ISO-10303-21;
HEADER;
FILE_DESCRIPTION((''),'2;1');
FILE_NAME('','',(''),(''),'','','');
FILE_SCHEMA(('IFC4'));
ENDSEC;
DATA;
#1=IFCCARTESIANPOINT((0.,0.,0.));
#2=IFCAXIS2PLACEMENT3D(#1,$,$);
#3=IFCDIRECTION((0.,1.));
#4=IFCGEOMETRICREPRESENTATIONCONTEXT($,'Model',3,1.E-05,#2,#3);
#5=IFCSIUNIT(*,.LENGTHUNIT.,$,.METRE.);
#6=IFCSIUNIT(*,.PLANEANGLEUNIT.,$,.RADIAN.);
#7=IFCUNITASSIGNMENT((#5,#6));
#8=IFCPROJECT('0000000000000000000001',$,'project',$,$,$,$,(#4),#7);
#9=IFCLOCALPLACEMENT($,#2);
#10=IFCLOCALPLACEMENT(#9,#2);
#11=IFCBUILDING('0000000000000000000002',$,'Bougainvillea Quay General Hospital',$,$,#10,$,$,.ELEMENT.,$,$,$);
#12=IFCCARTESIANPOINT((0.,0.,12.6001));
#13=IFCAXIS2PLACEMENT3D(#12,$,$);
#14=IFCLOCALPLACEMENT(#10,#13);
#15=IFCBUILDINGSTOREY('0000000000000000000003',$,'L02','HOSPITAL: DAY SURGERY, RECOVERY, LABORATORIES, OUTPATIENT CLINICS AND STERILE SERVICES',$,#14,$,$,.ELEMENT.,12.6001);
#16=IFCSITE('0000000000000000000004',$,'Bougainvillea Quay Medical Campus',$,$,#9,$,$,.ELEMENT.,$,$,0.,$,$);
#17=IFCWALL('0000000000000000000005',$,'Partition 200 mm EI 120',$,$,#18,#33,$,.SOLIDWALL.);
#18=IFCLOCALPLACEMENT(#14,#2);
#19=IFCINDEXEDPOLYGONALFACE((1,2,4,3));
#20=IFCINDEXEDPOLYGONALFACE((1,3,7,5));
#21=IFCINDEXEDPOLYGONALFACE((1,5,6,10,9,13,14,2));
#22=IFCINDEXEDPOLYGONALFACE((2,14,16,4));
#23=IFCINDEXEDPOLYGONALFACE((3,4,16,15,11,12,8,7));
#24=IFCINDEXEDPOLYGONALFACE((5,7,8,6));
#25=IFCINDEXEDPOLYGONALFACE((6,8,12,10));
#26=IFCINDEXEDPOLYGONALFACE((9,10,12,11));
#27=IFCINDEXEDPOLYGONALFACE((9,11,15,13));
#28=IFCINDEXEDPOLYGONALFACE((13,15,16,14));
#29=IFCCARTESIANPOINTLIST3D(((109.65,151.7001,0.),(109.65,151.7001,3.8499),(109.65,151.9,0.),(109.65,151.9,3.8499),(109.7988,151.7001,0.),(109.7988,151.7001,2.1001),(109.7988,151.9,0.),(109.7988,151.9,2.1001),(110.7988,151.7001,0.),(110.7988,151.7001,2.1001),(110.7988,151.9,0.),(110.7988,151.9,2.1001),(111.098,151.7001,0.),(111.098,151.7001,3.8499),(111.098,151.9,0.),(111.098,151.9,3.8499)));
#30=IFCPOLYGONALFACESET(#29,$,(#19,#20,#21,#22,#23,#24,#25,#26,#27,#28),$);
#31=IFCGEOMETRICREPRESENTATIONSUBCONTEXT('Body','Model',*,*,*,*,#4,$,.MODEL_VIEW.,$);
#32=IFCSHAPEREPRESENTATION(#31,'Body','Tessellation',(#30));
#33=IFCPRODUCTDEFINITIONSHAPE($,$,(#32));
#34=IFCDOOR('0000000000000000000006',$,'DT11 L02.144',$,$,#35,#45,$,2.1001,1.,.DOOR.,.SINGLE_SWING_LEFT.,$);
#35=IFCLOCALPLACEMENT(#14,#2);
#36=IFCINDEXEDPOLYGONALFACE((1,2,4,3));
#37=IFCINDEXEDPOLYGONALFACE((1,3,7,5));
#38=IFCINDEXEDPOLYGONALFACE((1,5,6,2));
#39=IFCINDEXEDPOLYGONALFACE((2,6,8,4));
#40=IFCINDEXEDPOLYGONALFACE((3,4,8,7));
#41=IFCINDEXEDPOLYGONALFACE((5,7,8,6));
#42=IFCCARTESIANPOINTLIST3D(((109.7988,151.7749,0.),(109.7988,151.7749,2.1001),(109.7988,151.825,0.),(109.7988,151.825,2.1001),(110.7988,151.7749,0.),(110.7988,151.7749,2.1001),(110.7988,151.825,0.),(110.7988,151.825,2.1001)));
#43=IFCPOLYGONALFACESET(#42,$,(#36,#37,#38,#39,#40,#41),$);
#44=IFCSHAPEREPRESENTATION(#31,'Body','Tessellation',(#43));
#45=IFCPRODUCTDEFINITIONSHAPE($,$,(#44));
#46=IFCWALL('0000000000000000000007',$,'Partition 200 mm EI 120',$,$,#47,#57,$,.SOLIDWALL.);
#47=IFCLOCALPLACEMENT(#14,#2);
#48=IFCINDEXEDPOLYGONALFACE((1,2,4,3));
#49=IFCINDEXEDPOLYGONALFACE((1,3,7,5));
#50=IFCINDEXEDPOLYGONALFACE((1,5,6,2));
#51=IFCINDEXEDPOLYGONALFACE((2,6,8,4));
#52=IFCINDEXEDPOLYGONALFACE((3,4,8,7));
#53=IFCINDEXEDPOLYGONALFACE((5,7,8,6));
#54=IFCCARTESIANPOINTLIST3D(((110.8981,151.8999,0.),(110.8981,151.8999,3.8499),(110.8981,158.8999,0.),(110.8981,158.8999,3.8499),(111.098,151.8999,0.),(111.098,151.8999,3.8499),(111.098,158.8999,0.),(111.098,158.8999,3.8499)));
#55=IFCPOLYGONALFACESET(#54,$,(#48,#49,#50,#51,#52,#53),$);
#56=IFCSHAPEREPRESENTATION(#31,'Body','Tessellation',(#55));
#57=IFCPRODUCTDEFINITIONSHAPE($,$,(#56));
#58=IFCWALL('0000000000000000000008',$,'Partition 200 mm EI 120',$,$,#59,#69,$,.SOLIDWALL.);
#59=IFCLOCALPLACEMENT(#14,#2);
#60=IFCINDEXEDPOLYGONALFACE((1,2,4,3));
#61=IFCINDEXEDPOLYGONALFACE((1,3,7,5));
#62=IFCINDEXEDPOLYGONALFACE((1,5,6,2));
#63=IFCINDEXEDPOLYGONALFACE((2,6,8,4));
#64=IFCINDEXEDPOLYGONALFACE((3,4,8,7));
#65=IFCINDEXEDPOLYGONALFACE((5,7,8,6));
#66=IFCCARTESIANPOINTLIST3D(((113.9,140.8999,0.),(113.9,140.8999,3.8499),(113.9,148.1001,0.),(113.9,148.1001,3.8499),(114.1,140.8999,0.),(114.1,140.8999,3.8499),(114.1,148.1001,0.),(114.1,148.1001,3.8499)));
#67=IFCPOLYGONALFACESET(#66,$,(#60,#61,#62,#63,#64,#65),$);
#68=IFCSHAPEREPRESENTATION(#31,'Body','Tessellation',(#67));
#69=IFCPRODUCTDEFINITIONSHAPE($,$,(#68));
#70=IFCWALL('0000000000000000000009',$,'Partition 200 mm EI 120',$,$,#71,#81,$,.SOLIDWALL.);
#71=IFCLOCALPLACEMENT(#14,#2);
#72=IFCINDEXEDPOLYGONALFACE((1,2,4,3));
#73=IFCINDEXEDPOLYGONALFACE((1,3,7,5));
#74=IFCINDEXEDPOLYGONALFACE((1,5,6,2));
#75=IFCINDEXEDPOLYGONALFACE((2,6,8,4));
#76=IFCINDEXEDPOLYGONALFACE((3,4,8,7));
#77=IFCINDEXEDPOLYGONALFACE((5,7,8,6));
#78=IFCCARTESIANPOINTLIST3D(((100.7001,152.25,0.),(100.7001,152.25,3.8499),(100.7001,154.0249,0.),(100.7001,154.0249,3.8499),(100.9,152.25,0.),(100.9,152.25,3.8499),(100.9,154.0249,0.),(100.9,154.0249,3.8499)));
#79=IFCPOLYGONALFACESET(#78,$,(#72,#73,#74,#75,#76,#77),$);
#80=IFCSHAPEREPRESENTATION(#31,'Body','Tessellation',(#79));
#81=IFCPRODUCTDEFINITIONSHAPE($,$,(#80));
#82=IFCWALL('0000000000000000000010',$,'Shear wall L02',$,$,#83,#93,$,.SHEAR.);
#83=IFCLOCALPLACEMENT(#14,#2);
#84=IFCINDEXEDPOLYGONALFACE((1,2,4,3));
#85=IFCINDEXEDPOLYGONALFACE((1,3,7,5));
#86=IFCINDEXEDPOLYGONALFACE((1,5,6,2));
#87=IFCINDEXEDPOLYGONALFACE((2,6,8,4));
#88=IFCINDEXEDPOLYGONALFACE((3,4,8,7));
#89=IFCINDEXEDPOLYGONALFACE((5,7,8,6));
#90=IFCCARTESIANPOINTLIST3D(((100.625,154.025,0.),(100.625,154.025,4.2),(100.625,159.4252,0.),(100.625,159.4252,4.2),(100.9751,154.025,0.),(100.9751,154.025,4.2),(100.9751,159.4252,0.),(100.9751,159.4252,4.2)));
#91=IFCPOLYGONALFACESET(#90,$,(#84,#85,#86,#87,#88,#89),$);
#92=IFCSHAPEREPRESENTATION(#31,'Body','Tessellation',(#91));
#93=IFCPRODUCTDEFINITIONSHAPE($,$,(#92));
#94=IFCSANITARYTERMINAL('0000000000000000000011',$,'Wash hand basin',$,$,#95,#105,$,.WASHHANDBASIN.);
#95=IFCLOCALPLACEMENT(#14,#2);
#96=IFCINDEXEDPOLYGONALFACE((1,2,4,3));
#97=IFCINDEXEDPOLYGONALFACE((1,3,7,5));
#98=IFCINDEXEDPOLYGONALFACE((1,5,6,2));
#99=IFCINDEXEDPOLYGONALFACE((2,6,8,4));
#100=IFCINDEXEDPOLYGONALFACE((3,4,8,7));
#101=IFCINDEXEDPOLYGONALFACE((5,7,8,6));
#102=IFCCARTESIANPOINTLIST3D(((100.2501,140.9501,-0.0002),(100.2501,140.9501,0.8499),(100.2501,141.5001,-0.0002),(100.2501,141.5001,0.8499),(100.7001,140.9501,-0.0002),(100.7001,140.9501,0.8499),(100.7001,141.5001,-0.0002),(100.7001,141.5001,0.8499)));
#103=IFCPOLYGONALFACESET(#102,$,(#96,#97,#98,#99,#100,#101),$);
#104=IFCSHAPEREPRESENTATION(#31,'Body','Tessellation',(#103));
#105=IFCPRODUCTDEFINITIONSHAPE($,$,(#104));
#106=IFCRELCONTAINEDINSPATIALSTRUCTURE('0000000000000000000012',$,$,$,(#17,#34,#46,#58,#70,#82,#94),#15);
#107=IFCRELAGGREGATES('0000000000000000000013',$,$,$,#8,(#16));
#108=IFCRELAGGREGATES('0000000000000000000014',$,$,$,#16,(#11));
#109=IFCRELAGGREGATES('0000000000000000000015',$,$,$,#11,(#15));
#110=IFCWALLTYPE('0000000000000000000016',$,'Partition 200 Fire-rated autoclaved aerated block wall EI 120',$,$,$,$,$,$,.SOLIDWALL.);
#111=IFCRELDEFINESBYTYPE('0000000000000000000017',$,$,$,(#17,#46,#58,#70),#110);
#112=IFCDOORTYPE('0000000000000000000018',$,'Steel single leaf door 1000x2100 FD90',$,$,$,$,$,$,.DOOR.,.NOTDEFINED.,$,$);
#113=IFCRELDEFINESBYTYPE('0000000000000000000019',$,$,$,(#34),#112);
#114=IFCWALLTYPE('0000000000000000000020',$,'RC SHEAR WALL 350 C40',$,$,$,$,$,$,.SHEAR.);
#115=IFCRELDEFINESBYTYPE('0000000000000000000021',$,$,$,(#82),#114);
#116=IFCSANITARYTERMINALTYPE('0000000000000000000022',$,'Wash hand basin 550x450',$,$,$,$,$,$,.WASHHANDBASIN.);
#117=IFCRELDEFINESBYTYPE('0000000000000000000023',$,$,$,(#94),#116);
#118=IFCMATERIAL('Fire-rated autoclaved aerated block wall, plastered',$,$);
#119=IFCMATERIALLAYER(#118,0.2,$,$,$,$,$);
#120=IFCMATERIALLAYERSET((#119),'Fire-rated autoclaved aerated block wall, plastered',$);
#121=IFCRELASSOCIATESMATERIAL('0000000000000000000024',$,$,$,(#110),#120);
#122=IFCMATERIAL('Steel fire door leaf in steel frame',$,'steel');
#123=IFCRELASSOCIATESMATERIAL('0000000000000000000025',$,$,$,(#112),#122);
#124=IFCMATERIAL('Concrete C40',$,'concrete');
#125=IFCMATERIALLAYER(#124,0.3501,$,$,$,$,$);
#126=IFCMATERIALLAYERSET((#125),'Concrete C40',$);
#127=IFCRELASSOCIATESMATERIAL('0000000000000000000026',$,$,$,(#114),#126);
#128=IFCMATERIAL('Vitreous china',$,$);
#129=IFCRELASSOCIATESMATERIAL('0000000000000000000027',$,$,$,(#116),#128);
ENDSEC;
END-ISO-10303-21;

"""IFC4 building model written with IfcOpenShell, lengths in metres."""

from ifc_helpers import new_model, si_unit, direction, frame, frame_2d, origin, origin_2d, place, context, subcontext, project, spatial, rectangle, extrude, material, layer, layer_set, type_object, element, fill, save


model = new_model("IFC4")

# Units and contexts
model_context = context("Model", 3, precision=1e-05, world=origin(), true_north=direction((0.0, 1.0)))
body_context = subcontext(model_context, "Body", "Model", "MODEL_VIEW")
ifc_project = project(units=[si_unit("LENGTHUNIT", "METRE"), si_unit("PLANEANGLEUNIT", "RADIAN")], contexts=[model_context])

# Site, building, storey
site_placement = place(None, origin())
site = spatial("IfcSite", under=ifc_project, at=site_placement, Name="Bougainvillea Quay Medical Campus", CompositionType="ELEMENT", RefElevation=0.0)
building_placement = place(site_placement, origin())
building = spatial("IfcBuilding", under=site, at=building_placement, Name="Bougainvillea Quay General Hospital", CompositionType="ELEMENT")
storey_placement = place(building_placement, frame((0.0, 0.0, 12.6001)))
storey = spatial("IfcBuildingStorey", under=building, at=storey_placement, Name="L02", Description="HOSPITAL: DAY SURGERY, RECOVERY, LABORATORIES, OUTPATIENT CLINICS AND STERILE SERVICES", CompositionType="ELEMENT", Elevation=12.6001)

# Shared definitions
ifc_material_1 = material(Name="Concrete C40", Category="concrete")

# Shared definitions
ifc_material_2 = material(Name="Fire-rated autoclaved aerated block wall, plastered")
ifc_layer_1 = layer(ifc_material_2, 0.2)
ifc_layer_set_1 = layer_set([ifc_layer_1], Name="Fire-rated autoclaved aerated block wall, plastered")
wall_type_1 = type_object("IfcWallType", Name="Partition 200 Fire-rated autoclaved aerated block wall EI 120", PredefinedType="SOLIDWALL", material=ifc_layer_set_1)

# Wall, opening, door
ifc_material_3 = material(Name="Steel fire door leaf in steel frame", Category="steel")
wall_1_placement = place(storey_placement, frame((109.6499, 151.8, 0.0), z_axis=(0.0, 0.0, 1.0), x_axis=(1.0, 0.0, 0.0)))
wall_1 = element("IfcWall", 1, at=wall_1_placement, inside=storey, type_object=wall_type_1, Name="Partition 200 mm EI 120", PredefinedType="SOLIDWALL", context=body_context, shape_type="SweptSolid", body=[
    extrude(rectangle(XDim=1.448, YDim=0.2, at=frame_2d((0.7241, 0.0))), origin(), (0.0, 0.0, 1.0), 3.8499),
])
opening_1_placement = place(wall_1_placement, frame((0.1489, 0.0, 0.0)))
opening_1 = element("IfcOpeningElement", 2, at=opening_1_placement, cuts=wall_1, PredefinedType="OPENING", context=body_context, shape_type="SweptSolid", body=[
    extrude(rectangle(XDim=1.0, YDim=2.1001, at=frame_2d((0.5, 1.05))), frame((0.0, 0.1099, 0.0), z_axis=(0.0, -1.0, 0.0), x_axis=(1.0, 0.0, 0.0)), (0.0, 0.0, 1.0), 0.22),
])
door_type_1 = type_object("IfcDoorType", Name="Steel single leaf door 1000x2100 FD90", OperationType="NOTDEFINED", PredefinedType="DOOR", material=ifc_material_3)
door_1_placement = place(opening_1_placement, origin())
door_1 = element("IfcDoor", 3, at=door_1_placement, inside=storey, type_object=door_type_1, Name="DT11 L02.144", OperationType="SINGLE_SWING_LEFT", OverallHeight=2.1001, OverallWidth=1.0, PredefinedType="DOOR", context=body_context, shape_type="SweptSolid", body=[
    extrude(rectangle(XDim=1.0, YDim=2.1001, at=frame_2d((0.5, 1.05))), frame((0.0, 0.0249, 0.0), z_axis=(0.0, -1.0, 0.0), x_axis=(1.0, 0.0, 0.0)), (0.0, 0.0, 1.0), 0.05),
])
fill(opening_1, door_1)

# Walls
wall_2_placement = place(storey_placement, frame((110.998, 151.8999, 0.0), z_axis=(0.0, 0.0, 1.0), x_axis=(0.0, 1.0, 0.0)))
element("IfcWall", 4, at=wall_2_placement, inside=storey, type_object=wall_type_1, Name="Partition 200 mm EI 120", PredefinedType="SOLIDWALL", context=body_context, shape_type="SweptSolid", body=[
    extrude(rectangle(XDim=7.0, YDim=0.2, at=frame_2d((3.5, 0.0))), origin(), (0.0, 0.0, 1.0), 3.8499),
])
wall_3_placement = place(storey_placement, frame((114.0, 140.8999, 0.0), z_axis=(0.0, 0.0, 1.0), x_axis=(0.0, 1.0, 0.0)))
element("IfcWall", 5, at=wall_3_placement, inside=storey, type_object=wall_type_1, Name="Partition 200 mm EI 120", PredefinedType="SOLIDWALL", context=body_context, shape_type="SweptSolid", body=[
    extrude(rectangle(XDim=7.2002, YDim=0.2, at=frame_2d((3.6001, 0.0))), origin(), (0.0, 0.0, 1.0), 3.8499),
])
wall_4_placement = place(storey_placement, frame((100.8, 152.25, 0.0), z_axis=(0.0, 0.0, 1.0), x_axis=(0.0, 1.0, 0.0)))
element("IfcWall", 6, at=wall_4_placement, inside=storey, type_object=wall_type_1, Name="Partition 200 mm EI 120", PredefinedType="SOLIDWALL", context=body_context, shape_type="SweptSolid", body=[
    extrude(rectangle(XDim=1.7749, YDim=0.2, at=frame_2d((0.8875, 0.0))), origin(), (0.0, 0.0, 1.0), 3.8499),
])
ifc_layer_2 = layer(ifc_material_1, 0.3501)
ifc_layer_set_2 = layer_set([ifc_layer_2], Name="Concrete C40")
wall_type_2 = type_object("IfcWallType", Name="RC SHEAR WALL 350 C40", PredefinedType="SHEAR", material=ifc_layer_set_2)
wall_5_placement = place(storey_placement, frame((100.8, 154.0249, 0.0), z_axis=(0.0, 0.0, 1.0), x_axis=(0.0, 1.0, 0.0)))
element("IfcWall", 7, at=wall_5_placement, inside=storey, type_object=wall_type_2, Name="Shear wall L02", PredefinedType="SHEAR", context=body_context, shape_type="SweptSolid", body=[
    extrude(rectangle(XDim=5.4001, YDim=0.3501, at=frame_2d((2.7002, 0.0))), origin(), (0.0, 0.0, 1.0), 4.2),
])

# Sanitary terminal
ifc_material_4 = material(Name="Vitreous china")
sanitary_terminal_type = type_object("IfcSanitaryTerminalType", Name="Wash hand basin 550x450", PredefinedType="WASHHANDBASIN", material=ifc_material_4)
sanitary_terminal_placement = place(storey_placement, frame((100.4751, 141.2251, -0.0002), z_axis=(0.0, 0.0, 1.0), x_axis=(0.0, -1.0, 0.0)))
element("IfcSanitaryTerminal", 8, at=sanitary_terminal_placement, inside=storey, type_object=sanitary_terminal_type, Name="Wash hand basin", PredefinedType="WASHHANDBASIN", context=body_context, shape_type="SweptSolid", body=[
    extrude(rectangle(XDim=0.55, YDim=0.45, at=origin_2d()), origin(), (0.0, 0.0, 1.0), 0.8501),
])

save(model, "model.ifc")
